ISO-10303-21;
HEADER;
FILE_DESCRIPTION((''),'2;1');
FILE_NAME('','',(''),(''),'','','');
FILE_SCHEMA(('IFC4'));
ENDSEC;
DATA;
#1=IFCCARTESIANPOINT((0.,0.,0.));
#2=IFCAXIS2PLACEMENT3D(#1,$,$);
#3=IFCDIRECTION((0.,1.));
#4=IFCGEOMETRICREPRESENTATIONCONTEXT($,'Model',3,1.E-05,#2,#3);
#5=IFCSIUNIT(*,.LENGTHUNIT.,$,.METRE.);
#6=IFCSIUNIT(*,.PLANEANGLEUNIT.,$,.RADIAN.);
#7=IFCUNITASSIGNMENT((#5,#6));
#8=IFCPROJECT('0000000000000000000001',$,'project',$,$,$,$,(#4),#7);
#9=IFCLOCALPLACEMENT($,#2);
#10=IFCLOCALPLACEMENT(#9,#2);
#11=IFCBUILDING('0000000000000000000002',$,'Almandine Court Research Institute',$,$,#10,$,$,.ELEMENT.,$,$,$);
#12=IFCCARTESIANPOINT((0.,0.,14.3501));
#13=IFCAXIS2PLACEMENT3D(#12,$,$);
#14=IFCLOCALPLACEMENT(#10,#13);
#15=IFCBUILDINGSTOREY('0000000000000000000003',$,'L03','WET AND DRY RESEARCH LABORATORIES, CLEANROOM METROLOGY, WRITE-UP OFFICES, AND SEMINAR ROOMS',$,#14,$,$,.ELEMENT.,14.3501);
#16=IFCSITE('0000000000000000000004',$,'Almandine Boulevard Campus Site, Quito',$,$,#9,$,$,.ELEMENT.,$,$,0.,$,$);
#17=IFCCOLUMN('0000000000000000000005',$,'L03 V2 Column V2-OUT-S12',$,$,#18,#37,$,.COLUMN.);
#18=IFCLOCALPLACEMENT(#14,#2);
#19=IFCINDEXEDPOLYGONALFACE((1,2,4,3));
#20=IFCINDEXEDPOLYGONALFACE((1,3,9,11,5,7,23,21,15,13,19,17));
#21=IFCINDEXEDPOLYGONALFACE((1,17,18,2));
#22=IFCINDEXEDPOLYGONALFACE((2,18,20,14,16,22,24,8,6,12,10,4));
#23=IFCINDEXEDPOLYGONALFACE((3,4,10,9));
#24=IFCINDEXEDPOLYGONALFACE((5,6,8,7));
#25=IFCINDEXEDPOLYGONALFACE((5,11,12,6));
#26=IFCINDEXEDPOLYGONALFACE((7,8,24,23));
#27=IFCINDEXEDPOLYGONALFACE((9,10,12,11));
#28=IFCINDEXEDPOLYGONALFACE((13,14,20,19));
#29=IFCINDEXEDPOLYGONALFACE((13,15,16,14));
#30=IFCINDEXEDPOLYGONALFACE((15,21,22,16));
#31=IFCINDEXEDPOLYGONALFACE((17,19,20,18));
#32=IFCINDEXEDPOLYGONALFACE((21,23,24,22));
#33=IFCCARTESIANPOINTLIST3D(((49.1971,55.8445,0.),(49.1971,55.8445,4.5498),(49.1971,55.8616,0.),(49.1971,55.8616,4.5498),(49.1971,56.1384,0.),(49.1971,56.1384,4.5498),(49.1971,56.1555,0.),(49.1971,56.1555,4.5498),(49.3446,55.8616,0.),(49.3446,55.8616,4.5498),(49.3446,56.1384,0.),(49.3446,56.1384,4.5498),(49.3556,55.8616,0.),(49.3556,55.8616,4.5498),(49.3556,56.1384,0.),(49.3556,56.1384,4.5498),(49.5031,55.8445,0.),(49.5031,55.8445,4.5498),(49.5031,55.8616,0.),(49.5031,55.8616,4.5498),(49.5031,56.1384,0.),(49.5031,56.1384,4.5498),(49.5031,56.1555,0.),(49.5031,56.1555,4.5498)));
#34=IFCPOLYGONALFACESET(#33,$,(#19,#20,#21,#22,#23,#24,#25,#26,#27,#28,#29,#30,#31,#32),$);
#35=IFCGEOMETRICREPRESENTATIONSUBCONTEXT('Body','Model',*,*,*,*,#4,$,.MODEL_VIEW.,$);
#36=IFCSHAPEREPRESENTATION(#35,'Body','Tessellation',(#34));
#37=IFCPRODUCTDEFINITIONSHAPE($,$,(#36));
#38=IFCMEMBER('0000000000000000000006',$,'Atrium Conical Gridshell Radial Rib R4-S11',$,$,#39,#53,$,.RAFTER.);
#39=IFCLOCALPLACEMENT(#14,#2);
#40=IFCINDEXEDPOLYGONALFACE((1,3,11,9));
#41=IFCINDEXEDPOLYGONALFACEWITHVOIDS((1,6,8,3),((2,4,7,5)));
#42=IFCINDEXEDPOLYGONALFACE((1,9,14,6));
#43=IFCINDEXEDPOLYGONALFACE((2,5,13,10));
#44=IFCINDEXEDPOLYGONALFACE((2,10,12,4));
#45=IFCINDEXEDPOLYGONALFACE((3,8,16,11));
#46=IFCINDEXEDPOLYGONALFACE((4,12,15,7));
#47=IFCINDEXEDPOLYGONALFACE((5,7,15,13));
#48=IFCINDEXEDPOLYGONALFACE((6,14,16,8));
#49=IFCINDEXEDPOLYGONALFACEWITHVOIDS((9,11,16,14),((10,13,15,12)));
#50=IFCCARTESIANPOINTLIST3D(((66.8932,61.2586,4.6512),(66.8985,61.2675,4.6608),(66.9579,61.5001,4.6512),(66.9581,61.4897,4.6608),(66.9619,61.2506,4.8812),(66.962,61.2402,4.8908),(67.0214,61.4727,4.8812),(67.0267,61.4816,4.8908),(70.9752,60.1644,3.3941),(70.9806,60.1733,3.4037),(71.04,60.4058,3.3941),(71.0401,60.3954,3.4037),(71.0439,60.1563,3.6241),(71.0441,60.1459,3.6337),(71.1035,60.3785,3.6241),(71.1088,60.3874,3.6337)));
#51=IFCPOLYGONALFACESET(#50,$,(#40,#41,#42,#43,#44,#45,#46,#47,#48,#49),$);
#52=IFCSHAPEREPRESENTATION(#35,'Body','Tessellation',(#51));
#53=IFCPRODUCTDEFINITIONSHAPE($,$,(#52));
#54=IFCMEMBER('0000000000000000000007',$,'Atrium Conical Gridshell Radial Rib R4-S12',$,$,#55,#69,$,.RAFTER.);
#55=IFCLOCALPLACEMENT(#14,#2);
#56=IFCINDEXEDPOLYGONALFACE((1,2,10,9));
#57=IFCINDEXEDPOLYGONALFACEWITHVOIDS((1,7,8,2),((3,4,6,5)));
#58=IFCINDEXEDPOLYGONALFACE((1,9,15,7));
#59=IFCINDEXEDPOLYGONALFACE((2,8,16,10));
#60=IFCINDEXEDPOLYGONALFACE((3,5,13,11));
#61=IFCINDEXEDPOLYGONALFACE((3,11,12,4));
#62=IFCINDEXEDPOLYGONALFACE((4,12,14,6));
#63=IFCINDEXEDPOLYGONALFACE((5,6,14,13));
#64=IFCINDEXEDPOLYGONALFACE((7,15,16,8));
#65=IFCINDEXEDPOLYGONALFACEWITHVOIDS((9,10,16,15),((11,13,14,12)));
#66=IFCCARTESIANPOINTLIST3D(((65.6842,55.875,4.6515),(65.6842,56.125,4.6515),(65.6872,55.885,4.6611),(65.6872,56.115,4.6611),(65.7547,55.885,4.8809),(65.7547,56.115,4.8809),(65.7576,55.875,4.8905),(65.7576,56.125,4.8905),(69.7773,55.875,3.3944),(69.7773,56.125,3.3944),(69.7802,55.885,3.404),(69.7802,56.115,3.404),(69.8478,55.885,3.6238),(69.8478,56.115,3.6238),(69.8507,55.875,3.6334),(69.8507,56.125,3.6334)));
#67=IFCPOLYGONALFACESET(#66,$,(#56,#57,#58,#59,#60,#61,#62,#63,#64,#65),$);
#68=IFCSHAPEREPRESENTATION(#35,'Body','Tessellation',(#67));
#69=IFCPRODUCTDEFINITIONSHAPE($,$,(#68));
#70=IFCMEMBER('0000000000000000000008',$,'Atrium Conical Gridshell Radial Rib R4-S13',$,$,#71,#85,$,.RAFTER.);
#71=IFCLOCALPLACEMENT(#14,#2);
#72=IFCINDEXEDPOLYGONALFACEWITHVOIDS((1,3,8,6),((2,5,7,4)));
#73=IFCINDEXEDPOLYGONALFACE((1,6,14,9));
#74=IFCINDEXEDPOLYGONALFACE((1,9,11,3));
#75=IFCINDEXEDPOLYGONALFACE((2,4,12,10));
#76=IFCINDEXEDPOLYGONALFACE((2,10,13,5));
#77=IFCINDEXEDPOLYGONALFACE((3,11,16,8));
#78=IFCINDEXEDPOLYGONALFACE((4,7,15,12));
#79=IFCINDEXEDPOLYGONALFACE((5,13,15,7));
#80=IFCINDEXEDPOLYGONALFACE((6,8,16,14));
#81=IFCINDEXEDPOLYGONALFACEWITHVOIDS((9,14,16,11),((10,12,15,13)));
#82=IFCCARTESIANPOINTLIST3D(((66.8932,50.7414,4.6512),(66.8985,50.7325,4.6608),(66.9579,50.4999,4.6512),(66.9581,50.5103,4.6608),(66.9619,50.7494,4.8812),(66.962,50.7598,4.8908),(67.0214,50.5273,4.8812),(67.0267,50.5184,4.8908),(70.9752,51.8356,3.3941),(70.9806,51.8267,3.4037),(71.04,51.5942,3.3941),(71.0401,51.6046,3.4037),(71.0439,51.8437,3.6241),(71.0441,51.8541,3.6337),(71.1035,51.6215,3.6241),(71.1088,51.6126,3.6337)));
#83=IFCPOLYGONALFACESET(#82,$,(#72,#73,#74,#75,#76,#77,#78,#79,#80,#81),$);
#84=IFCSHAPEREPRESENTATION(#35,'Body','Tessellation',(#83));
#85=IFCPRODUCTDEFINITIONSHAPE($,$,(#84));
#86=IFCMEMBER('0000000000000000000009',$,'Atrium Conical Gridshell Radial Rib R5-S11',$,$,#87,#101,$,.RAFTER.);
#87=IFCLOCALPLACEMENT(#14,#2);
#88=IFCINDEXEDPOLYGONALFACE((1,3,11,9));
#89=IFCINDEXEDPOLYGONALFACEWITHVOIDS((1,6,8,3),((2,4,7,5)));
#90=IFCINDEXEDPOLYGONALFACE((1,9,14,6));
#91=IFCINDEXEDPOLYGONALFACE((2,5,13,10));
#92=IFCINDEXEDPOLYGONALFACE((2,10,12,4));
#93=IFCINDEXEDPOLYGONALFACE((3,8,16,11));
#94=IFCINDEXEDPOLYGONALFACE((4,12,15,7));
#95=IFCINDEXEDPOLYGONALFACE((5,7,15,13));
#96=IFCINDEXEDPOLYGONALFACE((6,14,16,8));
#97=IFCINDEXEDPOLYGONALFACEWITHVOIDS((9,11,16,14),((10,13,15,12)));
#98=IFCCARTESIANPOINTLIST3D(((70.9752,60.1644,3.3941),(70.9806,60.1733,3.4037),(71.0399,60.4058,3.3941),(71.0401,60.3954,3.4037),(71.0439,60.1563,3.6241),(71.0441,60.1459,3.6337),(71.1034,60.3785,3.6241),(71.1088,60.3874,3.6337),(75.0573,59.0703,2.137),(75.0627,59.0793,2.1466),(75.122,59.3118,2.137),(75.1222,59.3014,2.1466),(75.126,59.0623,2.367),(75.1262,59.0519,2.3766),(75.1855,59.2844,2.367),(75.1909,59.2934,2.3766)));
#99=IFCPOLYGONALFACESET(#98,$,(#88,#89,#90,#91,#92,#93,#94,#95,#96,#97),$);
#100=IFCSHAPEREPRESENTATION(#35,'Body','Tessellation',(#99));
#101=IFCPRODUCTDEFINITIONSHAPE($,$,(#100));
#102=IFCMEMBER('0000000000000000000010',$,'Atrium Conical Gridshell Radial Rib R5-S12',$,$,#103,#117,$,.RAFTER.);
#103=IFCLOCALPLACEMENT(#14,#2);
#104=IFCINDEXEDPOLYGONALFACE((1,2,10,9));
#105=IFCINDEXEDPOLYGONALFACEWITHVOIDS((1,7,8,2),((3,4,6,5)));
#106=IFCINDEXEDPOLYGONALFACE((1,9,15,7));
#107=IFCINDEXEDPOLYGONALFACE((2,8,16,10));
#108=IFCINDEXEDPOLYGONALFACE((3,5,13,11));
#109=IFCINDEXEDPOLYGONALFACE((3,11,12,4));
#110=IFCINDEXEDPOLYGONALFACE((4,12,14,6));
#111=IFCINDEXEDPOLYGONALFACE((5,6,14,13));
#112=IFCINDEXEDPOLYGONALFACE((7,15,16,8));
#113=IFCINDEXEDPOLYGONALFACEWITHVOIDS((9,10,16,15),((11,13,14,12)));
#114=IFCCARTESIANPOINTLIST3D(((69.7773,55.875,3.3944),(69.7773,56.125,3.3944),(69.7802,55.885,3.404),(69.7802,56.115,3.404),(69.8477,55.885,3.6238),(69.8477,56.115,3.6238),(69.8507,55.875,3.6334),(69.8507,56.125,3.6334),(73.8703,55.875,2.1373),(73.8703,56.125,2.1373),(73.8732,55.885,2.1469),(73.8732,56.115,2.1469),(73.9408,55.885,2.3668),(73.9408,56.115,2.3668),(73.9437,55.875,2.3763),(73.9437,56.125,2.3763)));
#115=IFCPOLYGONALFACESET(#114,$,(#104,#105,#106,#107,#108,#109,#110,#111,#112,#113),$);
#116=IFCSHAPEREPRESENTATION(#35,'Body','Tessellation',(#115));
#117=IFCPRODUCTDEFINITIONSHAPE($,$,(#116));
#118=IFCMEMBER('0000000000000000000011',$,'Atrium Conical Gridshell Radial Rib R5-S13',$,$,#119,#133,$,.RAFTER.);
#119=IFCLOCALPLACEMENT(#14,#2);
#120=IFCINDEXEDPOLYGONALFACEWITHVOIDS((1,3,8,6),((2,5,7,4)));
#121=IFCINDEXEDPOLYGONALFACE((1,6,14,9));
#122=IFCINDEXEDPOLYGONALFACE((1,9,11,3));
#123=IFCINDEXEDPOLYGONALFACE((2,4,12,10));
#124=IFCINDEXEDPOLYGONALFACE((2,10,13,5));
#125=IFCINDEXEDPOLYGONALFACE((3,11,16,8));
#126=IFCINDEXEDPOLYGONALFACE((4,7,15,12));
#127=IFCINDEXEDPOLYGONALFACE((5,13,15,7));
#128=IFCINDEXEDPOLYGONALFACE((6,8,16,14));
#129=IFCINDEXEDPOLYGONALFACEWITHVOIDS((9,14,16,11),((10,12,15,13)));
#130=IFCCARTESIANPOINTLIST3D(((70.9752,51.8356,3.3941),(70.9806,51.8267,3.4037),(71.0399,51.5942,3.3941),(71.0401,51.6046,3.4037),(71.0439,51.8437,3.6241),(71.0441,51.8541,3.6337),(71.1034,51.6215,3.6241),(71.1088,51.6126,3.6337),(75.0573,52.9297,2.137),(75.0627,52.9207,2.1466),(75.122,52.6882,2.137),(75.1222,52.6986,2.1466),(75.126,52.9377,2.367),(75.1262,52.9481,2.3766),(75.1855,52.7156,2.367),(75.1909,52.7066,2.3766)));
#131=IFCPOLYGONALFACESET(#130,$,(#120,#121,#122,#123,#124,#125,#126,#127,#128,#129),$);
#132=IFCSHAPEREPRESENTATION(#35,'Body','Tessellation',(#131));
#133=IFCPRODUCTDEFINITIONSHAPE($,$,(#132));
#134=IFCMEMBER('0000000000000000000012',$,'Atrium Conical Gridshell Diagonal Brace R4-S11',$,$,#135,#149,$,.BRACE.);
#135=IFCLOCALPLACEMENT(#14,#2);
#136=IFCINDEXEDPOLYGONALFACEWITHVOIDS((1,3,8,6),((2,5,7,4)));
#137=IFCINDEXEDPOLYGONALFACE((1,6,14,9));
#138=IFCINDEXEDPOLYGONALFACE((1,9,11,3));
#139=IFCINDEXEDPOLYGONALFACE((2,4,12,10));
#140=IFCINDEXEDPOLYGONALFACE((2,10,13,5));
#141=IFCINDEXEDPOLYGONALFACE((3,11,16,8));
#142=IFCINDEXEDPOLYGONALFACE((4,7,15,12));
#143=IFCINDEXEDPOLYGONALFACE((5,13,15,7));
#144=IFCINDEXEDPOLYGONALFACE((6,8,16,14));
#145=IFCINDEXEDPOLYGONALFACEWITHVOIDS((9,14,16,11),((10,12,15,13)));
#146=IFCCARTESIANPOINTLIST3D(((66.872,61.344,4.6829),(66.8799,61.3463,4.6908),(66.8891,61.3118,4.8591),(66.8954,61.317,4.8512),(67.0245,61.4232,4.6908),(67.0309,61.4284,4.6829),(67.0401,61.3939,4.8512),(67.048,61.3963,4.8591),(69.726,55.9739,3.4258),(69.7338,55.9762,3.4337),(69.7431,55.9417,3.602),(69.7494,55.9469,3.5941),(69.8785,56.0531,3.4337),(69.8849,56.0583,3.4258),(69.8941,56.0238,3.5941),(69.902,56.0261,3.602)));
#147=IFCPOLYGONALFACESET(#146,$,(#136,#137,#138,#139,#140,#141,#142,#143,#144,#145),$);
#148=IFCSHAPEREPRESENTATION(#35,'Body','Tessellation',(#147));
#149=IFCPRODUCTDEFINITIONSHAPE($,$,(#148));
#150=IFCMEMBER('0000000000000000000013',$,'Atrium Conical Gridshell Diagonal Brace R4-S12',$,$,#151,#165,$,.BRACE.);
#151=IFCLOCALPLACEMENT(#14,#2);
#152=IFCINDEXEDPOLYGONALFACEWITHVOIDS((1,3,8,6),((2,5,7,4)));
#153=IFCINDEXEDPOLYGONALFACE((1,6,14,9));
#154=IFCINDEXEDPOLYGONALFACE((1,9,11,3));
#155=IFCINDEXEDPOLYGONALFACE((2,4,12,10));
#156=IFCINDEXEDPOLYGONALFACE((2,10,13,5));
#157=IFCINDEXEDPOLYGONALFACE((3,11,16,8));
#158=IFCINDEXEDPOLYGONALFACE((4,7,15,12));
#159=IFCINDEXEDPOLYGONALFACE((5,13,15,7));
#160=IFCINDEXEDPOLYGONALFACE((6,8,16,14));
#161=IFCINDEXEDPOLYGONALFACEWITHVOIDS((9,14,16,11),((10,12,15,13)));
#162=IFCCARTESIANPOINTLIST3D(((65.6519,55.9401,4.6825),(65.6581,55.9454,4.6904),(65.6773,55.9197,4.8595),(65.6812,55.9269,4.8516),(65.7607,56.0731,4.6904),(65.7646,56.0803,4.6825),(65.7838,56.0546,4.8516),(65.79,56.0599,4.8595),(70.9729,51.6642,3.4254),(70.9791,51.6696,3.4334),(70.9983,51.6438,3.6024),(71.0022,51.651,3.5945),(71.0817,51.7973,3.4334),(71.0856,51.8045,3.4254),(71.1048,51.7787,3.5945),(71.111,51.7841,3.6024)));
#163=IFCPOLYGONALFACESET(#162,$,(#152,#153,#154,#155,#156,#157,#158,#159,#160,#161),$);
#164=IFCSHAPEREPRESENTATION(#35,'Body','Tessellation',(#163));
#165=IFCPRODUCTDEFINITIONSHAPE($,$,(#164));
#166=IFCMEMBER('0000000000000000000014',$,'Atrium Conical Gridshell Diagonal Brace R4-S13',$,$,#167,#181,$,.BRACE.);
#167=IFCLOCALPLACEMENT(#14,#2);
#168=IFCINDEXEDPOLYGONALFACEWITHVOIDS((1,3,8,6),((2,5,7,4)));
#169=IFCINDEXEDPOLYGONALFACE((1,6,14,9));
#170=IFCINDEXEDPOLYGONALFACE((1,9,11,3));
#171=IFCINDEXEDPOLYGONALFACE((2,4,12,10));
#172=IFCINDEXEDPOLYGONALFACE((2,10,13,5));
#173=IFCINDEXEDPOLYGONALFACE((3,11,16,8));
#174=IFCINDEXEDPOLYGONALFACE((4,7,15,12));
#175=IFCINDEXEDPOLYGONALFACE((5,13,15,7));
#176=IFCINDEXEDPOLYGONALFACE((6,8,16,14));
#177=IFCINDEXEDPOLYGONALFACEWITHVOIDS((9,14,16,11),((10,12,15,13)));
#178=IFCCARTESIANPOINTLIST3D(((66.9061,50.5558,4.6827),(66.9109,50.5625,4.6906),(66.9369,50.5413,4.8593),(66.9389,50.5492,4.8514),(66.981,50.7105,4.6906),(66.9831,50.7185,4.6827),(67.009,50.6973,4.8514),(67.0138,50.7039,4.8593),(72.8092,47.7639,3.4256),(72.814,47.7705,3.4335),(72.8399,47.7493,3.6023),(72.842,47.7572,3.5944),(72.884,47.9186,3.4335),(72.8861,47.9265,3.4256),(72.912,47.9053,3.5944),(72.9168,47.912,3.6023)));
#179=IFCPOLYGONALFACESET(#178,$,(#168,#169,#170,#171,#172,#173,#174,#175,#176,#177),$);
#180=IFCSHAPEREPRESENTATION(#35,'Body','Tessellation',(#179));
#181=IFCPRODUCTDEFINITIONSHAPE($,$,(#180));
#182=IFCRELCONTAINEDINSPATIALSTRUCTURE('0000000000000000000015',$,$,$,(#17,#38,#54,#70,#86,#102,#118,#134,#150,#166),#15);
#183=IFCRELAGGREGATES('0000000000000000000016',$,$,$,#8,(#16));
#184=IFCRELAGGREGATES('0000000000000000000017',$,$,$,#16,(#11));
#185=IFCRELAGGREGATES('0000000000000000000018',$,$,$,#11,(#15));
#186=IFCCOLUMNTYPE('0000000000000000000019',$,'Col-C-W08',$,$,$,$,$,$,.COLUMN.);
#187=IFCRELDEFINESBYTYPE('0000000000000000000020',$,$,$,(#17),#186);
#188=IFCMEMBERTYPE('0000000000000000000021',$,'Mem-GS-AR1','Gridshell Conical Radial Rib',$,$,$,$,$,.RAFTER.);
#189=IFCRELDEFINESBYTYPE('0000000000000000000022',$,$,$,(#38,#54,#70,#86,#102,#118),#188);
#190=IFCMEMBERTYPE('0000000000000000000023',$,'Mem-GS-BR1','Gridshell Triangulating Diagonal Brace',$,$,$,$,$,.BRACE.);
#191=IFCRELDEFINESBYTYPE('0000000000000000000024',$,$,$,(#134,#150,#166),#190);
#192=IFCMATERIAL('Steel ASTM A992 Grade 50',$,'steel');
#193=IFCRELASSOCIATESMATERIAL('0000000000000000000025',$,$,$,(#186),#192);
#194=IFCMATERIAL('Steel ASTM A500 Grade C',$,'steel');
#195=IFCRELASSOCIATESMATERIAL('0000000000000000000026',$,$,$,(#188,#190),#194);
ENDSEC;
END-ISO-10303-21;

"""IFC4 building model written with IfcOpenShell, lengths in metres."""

from ifc_helpers import new_model, si_unit, direction, frame, origin, origin_2d, place, context, subcontext, project, spatial, hollow_rectangle, i_section, extrude, material, material_profile, profile_set, type_object, element, save


model = new_model("IFC4")

# Units and contexts
model_context = context("Model", 3, precision=1e-05, world=origin(), true_north=direction((0.0, 1.0)))
body_context = subcontext(model_context, "Body", "Model", "MODEL_VIEW")
ifc_project = project(units=[si_unit("LENGTHUNIT", "METRE"), si_unit("PLANEANGLEUNIT", "RADIAN")], contexts=[model_context])

# Site, building, storey
site_placement = place(None, origin())
site = spatial("IfcSite", under=ifc_project, at=site_placement, Name="Almandine Boulevard Campus Site, Quito", CompositionType="ELEMENT", RefElevation=0.0)
building_placement = place(site_placement, origin())
building = spatial("IfcBuilding", under=site, at=building_placement, Name="Almandine Court Research Institute", CompositionType="ELEMENT")
storey_placement = place(building_placement, frame((0.0, 0.0, 14.3501)))
storey = spatial("IfcBuildingStorey", under=building, at=storey_placement, Name="L03", Description="WET AND DRY RESEARCH LABORATORIES, CLEANROOM METROLOGY, WRITE-UP OFFICES, AND SEMINAR ROOMS", CompositionType="ELEMENT", Elevation=14.3501)

# Column
ifc_material_1 = material(Name="Steel ASTM A992 Grade 50", Category="steel")
ifc_material_profile_1 = material_profile(ifc_material_1, i_section(OverallWidth=0.3059, OverallDepth=0.311, WebThickness=0.011, FlangeThickness=0.0171, at=origin_2d()), Name="W310x107")
ifc_profile_set_1 = profile_set([ifc_material_profile_1], Name="Steel ASTM A992 Grade 50")
column_type = type_object("IfcColumnType", Name="Col-C-W08", PredefinedType="COLUMN", material=ifc_profile_set_1)
column_placement = place(storey_placement, frame((49.3501, 56.0, 0.0), z_axis=(0.0, 0.0, 1.0), x_axis=(1.0, 0.0, 0.0)))
element("IfcColumn", 1, at=column_placement, inside=storey, type_object=column_type, Name="L03 V2 Column V2-OUT-S12", PredefinedType="COLUMN", context=body_context, shape_type="SweptSolid", body=[
    extrude(i_section(OverallWidth=0.3059, OverallDepth=0.311, WebThickness=0.011, FlangeThickness=0.0171, at=origin_2d()), origin(), (0.0, 0.0, 1.0), 4.5498),
])

# Members
ifc_material_2 = material(Name="Steel ASTM A500 Grade C", Category="steel")
ifc_material_profile_2 = material_profile(ifc_material_2, hollow_rectangle(XDim=0.25, YDim=0.25, WallThickness=0.01, at=origin_2d()), Name="HSS 250x250x10")
ifc_profile_set_2 = profile_set([ifc_material_profile_2], Name="Steel ASTM A500 Grade C")
member_type_1 = type_object("IfcMemberType", Name="Mem-GS-AR1", Description="Gridshell Conical Radial Rib", PredefinedType="RAFTER", material=ifc_profile_set_2)
member_1_placement = place(storey_placement, frame((66.96, 61.3701, 4.771), z_axis=(0.92581, -0.248175, -0.285107), x_axis=(0.258921, 0.965899, 0.0)))
element("IfcMember", 2, at=member_1_placement, inside=storey, type_object=member_type_1, Name="Atrium Conical Gridshell Radial Rib R4-S11", PredefinedType="RAFTER", context=body_context, shape_type="SweptSolid", body=[
    extrude(hollow_rectangle(XDim=0.25, YDim=0.25, WallThickness=0.01, at=origin_2d()), origin(), (0.0, 0.0, 1.0), 4.4092),
])
member_2_placement = place(storey_placement, frame((65.7209, 56.0, 4.771), z_axis=(0.955931, 0.0, -0.293593), x_axis=(0.0, 1.0, 0.0)))
element("IfcMember", 3, at=member_2_placement, inside=storey, type_object=member_type_1, Name="Atrium Conical Gridshell Radial Rib R4-S12", PredefinedType="RAFTER", context=body_context, shape_type="SweptSolid", body=[
    extrude(hollow_rectangle(XDim=0.25, YDim=0.25, WallThickness=0.01, at=origin_2d()), origin(), (0.0, 0.0, 1.0), 4.2817),
])
for number, where, z_axis, x_axis, name in (
    (4, (66.96, 50.6299, 4.771), (0.92581, 0.248175, -0.285107), (-0.258921, 0.965899, 0.0), "Atrium Conical Gridshell Radial Rib R4-S13"),
    (5, (71.042, 60.2759, 3.5139), (0.925822, -0.248123, -0.285111), (0.258867, 0.965913, 0.0), "Atrium Conical Gridshell Radial Rib R5-S11"),
):
    element("IfcMember", number, at=place(storey_placement, frame(where, z_axis=z_axis, x_axis=x_axis)), inside=storey, type_object=member_type_1, Name=name, PredefinedType="RAFTER", context=body_context, shape_type="SweptSolid", body=[
        extrude(hollow_rectangle(XDim=0.25, YDim=0.25, WallThickness=0.01, at=origin_2d()), origin(), (0.0, 0.0, 1.0), 4.4092),
    ])
member_3_placement = place(storey_placement, frame((69.814, 56.0, 3.5139), z_axis=(0.955931, 0.0, -0.293593), x_axis=(0.0, 1.0, 0.0)))
element("IfcMember", 6, at=member_3_placement, inside=storey, type_object=member_type_1, Name="Atrium Conical Gridshell Radial Rib R5-S12", PredefinedType="RAFTER", context=body_context, shape_type="SweptSolid", body=[
    extrude(hollow_rectangle(XDim=0.25, YDim=0.25, WallThickness=0.01, at=origin_2d()), origin(), (0.0, 0.0, 1.0), 4.2817),
])
member_4_placement = place(storey_placement, frame((71.042, 51.7241, 3.5139), z_axis=(0.925822, 0.248123, -0.285111), x_axis=(-0.258867, 0.965913, 0.0)))
element("IfcMember", 7, at=member_4_placement, inside=storey, type_object=member_type_1, Name="Atrium Conical Gridshell Radial Rib R5-S13", PredefinedType="RAFTER", context=body_context, shape_type="SweptSolid", body=[
    extrude(hollow_rectangle(XDim=0.25, YDim=0.25, WallThickness=0.01, at=origin_2d()), origin(), (0.0, 0.0, 1.0), 4.4092),
])
ifc_material_profile_3 = material_profile(ifc_material_2, hollow_rectangle(XDim=0.1799, YDim=0.1799, WallThickness=0.0081, at=origin_2d()), Name="HSS 180x180x8")
ifc_profile_set_3 = profile_set([ifc_material_profile_3], Name="Steel ASTM A500 Grade C")
member_type_2 = type_object("IfcMemberType", Name="Mem-GS-BR1", Description="Gridshell Triangulating Diagonal Brace", PredefinedType="BRACE", material=ifc_profile_set_3)
member_5_placement = place(storey_placement, frame((66.96, 61.3701, 4.771), z_axis=(0.459584, -0.864757, -0.202429), x_axis=(0.883039, 0.4693, 0.0)))
element("IfcMember", 8, at=member_5_placement, inside=storey, type_object=member_type_2, Name="Atrium Conical Gridshell Diagonal Brace R4-S11", PredefinedType="BRACE", context=body_context, shape_type="SweptSolid", body=[
    extrude(hollow_rectangle(XDim=0.1799, YDim=0.1799, WallThickness=0.0081, at=origin_2d()), origin(), (0.0, 0.0, 1.0), 6.21),
])
member_6_placement = place(storey_placement, frame((65.7209, 56.0, 4.771), z_axis=(0.766615, -0.616036, -0.18111), x_axis=(0.626395, 0.779506, 0.0)))
element("IfcMember", 9, at=member_6_placement, inside=storey, type_object=member_type_2, Name="Atrium Conical Gridshell Diagonal Brace R4-S12", PredefinedType="BRACE", context=body_context, shape_type="SweptSolid", body=[
    extrude(hollow_rectangle(XDim=0.1799, YDim=0.1799, WallThickness=0.0081, at=origin_2d()), origin(), (0.0, 0.0, 1.0), 6.9409),
])
member_7_placement = place(storey_placement, frame((66.96, 50.6299, 4.771), z_axis=(0.887688, -0.419852, -0.189036), x_axis=(0.427561, 0.903987, 0.0)))
element("IfcMember", 10, at=member_7_placement, inside=storey, type_object=member_type_2, Name="Atrium Conical Gridshell Diagonal Brace R4-S13", PredefinedType="BRACE", context=body_context, shape_type="SweptSolid", body=[
    extrude(hollow_rectangle(XDim=0.1799, YDim=0.1799, WallThickness=0.0081, at=origin_2d()), origin(), (0.0, 0.0, 1.0), 6.6499),
])

save(model, "model.ifc")
